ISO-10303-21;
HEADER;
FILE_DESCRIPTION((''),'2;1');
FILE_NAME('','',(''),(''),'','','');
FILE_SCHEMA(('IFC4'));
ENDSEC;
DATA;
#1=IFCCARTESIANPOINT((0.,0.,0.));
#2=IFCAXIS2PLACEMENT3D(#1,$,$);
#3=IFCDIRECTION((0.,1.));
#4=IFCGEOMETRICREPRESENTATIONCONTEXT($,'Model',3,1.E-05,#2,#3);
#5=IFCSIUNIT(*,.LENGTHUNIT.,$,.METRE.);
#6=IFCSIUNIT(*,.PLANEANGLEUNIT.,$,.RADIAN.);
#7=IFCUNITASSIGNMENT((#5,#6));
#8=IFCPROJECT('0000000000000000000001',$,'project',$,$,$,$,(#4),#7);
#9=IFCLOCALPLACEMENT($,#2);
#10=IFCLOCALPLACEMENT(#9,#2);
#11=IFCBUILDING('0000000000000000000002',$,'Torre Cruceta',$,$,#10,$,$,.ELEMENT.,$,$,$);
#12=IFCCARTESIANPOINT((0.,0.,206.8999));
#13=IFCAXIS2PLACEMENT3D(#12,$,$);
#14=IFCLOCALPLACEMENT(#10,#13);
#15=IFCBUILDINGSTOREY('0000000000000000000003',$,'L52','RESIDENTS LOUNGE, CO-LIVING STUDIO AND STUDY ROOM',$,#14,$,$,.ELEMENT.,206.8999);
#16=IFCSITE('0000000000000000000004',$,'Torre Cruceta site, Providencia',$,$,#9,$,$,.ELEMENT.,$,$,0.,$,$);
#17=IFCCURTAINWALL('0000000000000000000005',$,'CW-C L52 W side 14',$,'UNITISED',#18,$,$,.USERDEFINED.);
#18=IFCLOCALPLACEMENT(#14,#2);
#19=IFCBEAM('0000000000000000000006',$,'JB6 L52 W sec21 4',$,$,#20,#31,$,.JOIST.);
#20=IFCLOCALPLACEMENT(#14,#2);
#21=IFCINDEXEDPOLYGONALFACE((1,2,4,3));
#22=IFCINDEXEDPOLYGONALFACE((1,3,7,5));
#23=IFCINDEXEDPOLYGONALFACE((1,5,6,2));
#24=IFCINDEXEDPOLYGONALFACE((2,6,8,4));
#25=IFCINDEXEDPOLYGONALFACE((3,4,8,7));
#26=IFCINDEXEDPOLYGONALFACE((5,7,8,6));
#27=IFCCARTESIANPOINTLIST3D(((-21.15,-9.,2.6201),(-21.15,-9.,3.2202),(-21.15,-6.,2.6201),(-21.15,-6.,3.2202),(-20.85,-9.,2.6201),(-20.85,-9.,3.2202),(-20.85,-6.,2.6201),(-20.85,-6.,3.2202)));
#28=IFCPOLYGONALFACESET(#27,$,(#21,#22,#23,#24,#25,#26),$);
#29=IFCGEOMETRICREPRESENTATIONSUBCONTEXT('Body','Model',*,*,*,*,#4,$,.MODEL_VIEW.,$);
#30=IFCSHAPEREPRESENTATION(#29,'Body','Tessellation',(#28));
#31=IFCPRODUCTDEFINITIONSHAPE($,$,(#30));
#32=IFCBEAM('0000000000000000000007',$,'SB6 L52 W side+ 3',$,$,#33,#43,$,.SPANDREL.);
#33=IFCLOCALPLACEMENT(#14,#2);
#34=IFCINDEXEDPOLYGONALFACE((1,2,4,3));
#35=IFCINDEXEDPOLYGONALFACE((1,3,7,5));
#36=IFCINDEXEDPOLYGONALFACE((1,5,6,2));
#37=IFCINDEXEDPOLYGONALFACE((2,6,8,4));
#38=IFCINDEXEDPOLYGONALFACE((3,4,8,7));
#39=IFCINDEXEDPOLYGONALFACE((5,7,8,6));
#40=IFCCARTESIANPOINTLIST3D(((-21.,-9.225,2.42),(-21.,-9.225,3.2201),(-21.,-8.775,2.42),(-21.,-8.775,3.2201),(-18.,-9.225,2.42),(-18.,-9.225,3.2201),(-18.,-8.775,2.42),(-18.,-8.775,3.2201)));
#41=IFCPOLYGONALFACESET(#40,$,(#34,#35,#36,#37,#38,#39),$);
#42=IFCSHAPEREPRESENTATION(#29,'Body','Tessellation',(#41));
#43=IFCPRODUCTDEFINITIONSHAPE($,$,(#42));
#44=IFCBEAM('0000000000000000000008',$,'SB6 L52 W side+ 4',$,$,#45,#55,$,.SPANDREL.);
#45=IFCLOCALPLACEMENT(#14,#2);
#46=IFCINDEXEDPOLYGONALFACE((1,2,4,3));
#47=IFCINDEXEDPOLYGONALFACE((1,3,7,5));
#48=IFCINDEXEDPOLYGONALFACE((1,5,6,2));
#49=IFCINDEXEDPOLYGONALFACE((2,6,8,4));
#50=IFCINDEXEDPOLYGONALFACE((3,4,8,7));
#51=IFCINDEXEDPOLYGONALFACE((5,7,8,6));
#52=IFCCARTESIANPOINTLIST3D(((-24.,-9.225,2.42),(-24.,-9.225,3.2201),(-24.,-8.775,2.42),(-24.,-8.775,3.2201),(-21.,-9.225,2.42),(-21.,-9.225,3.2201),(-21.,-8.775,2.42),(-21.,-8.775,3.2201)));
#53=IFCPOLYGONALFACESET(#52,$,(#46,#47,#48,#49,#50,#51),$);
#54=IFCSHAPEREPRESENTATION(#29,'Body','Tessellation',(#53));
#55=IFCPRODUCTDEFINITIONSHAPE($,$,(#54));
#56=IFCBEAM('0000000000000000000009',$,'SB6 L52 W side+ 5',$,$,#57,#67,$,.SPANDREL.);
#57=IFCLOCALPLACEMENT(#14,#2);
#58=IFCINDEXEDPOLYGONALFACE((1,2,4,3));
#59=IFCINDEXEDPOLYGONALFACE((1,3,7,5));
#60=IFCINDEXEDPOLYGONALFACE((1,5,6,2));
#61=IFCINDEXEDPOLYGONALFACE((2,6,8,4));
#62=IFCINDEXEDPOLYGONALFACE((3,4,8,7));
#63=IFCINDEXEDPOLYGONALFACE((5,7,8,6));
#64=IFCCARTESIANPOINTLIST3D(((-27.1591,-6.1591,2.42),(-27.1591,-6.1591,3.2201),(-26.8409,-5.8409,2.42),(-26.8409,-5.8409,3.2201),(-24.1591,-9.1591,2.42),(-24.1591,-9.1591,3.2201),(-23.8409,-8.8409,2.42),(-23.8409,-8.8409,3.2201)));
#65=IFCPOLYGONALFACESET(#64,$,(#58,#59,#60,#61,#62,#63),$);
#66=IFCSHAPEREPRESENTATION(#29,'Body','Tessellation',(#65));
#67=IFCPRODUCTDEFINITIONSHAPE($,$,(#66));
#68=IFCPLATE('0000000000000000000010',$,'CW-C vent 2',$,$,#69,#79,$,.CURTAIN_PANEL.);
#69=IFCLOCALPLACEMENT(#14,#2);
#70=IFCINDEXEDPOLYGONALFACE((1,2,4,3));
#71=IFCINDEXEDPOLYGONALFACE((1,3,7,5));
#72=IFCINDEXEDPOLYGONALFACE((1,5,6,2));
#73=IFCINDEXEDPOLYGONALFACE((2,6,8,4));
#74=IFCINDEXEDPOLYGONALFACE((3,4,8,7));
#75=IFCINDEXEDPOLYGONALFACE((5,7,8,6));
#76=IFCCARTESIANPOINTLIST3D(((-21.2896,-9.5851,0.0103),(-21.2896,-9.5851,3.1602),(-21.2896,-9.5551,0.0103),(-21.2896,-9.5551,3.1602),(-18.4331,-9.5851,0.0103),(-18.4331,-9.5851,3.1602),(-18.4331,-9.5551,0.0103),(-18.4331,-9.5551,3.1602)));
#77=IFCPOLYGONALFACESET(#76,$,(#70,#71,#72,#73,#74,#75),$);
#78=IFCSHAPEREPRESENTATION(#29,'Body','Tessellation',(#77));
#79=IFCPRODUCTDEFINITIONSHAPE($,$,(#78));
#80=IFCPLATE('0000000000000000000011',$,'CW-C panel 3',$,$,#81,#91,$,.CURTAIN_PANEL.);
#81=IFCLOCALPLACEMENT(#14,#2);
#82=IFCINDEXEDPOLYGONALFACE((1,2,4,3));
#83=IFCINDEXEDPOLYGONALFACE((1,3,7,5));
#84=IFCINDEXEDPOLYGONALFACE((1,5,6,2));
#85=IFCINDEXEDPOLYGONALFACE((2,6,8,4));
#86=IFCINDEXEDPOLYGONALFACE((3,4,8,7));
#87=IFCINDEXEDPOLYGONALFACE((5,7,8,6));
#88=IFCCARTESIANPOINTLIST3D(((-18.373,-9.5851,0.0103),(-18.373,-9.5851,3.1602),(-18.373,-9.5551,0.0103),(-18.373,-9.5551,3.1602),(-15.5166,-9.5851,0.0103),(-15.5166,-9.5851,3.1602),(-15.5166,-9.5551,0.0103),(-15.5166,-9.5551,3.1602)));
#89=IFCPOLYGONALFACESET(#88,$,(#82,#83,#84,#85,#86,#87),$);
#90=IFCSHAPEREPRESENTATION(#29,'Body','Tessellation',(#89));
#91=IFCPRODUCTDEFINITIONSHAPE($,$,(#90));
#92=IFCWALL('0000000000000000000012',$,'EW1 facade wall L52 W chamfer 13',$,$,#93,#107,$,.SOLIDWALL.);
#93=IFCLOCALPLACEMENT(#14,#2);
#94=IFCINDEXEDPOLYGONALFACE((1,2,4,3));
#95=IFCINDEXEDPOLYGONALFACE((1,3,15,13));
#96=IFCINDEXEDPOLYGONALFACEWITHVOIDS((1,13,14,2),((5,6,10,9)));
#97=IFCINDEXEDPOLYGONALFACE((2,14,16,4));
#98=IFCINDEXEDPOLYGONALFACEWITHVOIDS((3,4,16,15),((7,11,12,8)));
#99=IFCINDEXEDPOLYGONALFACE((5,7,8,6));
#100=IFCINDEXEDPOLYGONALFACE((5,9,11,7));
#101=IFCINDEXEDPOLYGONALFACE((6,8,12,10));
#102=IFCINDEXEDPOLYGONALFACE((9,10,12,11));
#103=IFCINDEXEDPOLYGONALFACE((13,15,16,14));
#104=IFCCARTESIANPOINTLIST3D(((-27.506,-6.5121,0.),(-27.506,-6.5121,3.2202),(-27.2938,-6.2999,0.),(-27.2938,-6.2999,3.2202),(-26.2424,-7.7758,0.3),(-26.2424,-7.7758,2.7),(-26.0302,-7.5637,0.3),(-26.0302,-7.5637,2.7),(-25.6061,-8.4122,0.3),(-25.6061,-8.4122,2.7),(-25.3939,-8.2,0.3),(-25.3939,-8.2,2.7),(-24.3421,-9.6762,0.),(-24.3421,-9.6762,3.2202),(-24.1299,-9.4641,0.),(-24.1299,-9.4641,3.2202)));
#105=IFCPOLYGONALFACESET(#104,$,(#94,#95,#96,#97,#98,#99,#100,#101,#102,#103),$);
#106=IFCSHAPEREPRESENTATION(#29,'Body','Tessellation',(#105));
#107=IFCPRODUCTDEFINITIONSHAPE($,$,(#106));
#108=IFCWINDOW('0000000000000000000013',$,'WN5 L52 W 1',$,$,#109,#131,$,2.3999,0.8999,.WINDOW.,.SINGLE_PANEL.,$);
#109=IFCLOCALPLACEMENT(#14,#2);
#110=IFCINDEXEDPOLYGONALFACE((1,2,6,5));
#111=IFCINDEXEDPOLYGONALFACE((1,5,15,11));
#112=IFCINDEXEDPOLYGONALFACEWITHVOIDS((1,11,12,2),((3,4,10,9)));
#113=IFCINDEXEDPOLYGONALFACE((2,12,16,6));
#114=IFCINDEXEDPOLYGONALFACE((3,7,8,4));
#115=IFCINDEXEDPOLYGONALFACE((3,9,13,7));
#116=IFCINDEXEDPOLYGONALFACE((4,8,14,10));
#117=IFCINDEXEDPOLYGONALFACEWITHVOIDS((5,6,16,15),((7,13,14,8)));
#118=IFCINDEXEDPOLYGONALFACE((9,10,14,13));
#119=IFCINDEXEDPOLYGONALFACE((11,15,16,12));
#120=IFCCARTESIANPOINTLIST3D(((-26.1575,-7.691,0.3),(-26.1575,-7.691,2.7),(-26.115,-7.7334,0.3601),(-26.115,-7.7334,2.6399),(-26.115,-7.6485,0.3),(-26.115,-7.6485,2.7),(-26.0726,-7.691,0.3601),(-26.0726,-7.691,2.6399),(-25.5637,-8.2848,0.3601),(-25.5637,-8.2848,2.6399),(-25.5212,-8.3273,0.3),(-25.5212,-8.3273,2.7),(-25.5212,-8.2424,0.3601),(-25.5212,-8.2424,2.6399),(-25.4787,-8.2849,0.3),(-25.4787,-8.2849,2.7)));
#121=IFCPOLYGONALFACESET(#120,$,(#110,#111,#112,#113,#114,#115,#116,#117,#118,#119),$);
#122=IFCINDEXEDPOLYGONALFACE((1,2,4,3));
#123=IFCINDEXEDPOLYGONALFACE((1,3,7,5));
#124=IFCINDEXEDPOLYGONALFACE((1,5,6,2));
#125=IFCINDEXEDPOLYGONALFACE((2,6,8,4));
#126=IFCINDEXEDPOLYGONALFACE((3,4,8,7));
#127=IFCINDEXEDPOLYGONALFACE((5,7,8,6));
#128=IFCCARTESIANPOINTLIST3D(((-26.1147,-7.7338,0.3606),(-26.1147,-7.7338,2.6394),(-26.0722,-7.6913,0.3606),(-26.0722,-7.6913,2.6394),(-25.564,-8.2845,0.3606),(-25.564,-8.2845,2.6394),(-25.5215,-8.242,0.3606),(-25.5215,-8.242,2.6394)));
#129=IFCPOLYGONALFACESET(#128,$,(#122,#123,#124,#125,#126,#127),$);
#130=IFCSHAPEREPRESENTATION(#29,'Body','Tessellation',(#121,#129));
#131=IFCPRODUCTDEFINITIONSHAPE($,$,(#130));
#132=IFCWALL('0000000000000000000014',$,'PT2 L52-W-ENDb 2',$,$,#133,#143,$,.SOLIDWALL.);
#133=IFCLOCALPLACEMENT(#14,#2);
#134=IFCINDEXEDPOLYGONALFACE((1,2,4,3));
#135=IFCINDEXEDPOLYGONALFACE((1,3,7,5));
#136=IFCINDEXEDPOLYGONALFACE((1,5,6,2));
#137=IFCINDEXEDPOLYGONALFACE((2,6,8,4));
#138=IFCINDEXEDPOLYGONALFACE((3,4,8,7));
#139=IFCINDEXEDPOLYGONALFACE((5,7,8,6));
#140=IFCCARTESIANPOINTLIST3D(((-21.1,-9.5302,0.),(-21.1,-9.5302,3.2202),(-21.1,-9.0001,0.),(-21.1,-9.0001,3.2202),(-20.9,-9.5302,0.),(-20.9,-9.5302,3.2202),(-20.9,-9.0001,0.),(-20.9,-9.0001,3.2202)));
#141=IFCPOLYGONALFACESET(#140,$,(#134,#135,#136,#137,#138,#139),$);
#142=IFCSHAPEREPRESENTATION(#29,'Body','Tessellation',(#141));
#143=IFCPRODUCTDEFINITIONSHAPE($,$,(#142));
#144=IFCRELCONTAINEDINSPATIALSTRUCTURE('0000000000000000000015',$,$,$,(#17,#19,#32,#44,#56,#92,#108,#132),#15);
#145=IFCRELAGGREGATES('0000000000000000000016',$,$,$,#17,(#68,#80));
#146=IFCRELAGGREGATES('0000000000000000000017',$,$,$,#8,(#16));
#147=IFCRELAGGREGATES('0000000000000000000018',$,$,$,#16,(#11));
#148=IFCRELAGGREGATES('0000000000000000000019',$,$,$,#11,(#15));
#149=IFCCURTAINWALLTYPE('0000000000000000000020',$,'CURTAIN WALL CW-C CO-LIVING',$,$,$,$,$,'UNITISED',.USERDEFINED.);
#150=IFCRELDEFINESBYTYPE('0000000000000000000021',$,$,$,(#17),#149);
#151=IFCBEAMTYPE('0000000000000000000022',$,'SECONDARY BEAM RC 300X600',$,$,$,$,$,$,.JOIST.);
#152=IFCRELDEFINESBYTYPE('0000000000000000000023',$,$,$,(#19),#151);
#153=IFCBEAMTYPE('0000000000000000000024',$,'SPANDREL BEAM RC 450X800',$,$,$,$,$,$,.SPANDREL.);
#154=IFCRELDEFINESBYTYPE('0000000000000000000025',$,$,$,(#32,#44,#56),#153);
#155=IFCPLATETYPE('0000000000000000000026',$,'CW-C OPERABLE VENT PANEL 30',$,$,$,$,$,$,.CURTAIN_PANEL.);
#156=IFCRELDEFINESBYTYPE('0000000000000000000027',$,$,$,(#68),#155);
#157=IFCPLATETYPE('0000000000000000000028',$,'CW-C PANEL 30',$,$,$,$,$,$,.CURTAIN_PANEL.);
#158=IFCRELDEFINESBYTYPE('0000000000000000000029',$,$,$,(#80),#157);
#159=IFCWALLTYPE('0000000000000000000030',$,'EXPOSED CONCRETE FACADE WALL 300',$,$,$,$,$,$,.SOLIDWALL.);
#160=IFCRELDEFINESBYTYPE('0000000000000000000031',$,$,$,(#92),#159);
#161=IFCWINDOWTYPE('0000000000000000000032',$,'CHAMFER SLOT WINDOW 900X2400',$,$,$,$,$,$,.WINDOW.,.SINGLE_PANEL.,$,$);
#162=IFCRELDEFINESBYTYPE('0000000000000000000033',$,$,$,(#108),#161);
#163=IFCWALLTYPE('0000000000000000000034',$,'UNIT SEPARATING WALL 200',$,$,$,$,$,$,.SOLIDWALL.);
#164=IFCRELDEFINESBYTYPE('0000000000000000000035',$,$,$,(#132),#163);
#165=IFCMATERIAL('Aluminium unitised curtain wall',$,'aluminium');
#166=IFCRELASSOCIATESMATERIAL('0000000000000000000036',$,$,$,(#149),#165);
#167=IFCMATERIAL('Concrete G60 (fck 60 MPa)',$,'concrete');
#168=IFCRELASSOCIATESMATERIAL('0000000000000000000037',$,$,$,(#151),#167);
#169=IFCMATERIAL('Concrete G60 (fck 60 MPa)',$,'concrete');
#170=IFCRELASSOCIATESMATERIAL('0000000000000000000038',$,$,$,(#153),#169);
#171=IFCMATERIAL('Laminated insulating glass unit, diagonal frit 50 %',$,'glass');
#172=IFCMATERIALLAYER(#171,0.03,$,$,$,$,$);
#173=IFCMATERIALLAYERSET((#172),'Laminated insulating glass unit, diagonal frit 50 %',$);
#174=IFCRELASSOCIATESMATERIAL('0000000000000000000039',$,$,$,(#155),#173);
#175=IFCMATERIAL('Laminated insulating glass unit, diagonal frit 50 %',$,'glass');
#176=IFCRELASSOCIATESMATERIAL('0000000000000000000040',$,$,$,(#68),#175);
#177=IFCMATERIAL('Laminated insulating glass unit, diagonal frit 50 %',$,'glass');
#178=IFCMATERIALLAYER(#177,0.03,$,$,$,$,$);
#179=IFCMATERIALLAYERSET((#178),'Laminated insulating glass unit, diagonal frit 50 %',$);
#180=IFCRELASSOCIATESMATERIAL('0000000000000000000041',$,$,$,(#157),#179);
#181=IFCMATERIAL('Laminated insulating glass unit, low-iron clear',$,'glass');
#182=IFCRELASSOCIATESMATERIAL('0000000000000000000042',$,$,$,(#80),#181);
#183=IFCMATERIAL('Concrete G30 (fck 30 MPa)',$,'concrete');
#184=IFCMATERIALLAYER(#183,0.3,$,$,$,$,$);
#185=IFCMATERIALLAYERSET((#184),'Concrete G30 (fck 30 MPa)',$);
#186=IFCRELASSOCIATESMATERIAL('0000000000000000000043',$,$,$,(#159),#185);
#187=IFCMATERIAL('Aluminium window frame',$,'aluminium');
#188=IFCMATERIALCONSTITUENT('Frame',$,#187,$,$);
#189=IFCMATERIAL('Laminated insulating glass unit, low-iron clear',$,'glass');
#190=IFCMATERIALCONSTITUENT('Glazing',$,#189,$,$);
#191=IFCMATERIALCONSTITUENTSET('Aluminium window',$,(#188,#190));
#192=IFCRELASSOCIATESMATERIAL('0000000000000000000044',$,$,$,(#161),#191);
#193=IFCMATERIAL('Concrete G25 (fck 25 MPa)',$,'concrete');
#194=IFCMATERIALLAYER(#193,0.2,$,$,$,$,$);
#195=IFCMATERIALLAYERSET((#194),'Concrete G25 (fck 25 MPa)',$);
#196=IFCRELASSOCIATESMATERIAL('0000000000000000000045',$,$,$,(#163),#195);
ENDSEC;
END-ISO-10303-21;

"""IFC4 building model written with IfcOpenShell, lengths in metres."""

from ifc_helpers import new_model, si_unit, direction, frame, frame_2d, origin, origin_2d, place, context, subcontext, project, spatial, rectangle, hollow_rectangle, extrude, material, layer, layer_set, constituent, constituent_set, material_profile, profile_set, type_object, element, fill, aggregate, save


model = new_model("IFC4")

# Units and contexts
model_context = context("Model", 3, precision=1e-05, world=origin(), true_north=direction((0.0, 1.0)))
body_context = subcontext(model_context, "Body", "Model", "MODEL_VIEW")
ifc_project = project(units=[si_unit("LENGTHUNIT", "METRE"), si_unit("PLANEANGLEUNIT", "RADIAN")], contexts=[model_context])

# Site, building, storey
site_placement = place(None, origin())
site = spatial("IfcSite", under=ifc_project, at=site_placement, Name="Torre Cruceta site, Providencia", CompositionType="ELEMENT", RefElevation=0.0)
building_placement = place(site_placement, origin())
building = spatial("IfcBuilding", under=site, at=building_placement, Name="Torre Cruceta", CompositionType="ELEMENT")
storey_placement = place(building_placement, frame((0.0, 0.0, 206.8999)))
storey = spatial("IfcBuildingStorey", under=building, at=storey_placement, Name="L52", Description="RESIDENTS LOUNGE, CO-LIVING STUDIO AND STUDY ROOM", CompositionType="ELEMENT", Elevation=206.8999)

# Curtain wall
ifc_material_1 = material(Name="Aluminium unitised curtain wall", Category="aluminium")
curtain_wall_type = type_object("IfcCurtainWallType", Name="CURTAIN WALL CW-C CO-LIVING", ElementType="UNITISED", PredefinedType="USERDEFINED", material=ifc_material_1)
curtain_wall_placement = place(storey_placement, origin())
curtain_wall = element("IfcCurtainWall", 1, at=curtain_wall_placement, inside=storey, type_object=curtain_wall_type, Name="CW-C L52 W side 14", ObjectType="UNITISED", PredefinedType="USERDEFINED")

# Beams
ifc_material_2 = material(Name="Concrete G60 (fck 60 MPa)", Category="concrete")
ifc_material_profile_1 = material_profile(ifc_material_2, rectangle(XDim=0.3, YDim=0.6001, at=origin_2d()), Name="RC 300X600")
ifc_profile_set_1 = profile_set([ifc_material_profile_1], Name="Concrete G60 (fck 60 MPa)")
beam_type_1 = type_object("IfcBeamType", Name="SECONDARY BEAM RC 300X600", PredefinedType="JOIST", material=ifc_profile_set_1)
beam_1_placement = place(storey_placement, frame((-21.0, -6.0, 2.9202), z_axis=(0.0, -1.0, 0.0), x_axis=(1.0, 0.0, 0.0)))
element("IfcBeam", 2, at=beam_1_placement, inside=storey, type_object=beam_type_1, Name="JB6 L52 W sec21 4", PredefinedType="JOIST", context=body_context, shape_type="SweptSolid", body=[
    extrude(rectangle(XDim=0.3, YDim=0.6001, at=origin_2d()), origin(), (0.0, 0.0, 1.0), 3.0),
])
ifc_material_3 = material(Name="Concrete G60 (fck 60 MPa)", Category="concrete")
ifc_material_profile_2 = material_profile(ifc_material_3, rectangle(XDim=0.45, YDim=0.8, at=origin_2d()), Name="RC 450X800")
ifc_profile_set_2 = profile_set([ifc_material_profile_2], Name="Concrete G60 (fck 60 MPa)")
beam_type_2 = type_object("IfcBeamType", Name="SPANDREL BEAM RC 450X800", PredefinedType="SPANDREL", material=ifc_profile_set_2)
for number, where, z_axis, x_axis, name in (
    (3, (-18.0, -9.0, 2.8201), (-1.0, 0.0, 0.0), (0.0, -1.0, 0.0), "SB6 L52 W side+ 3"),
    (4, (-21.0, -9.0, 2.8201), (-1.0, 0.0, 0.0), (0.0, -1.0, 0.0), "SB6 L52 W side+ 4"),
):
    element("IfcBeam", number, at=place(storey_placement, frame(where, z_axis=z_axis, x_axis=x_axis)), inside=storey, type_object=beam_type_2, Name=name, PredefinedType="SPANDREL", context=body_context, shape_type="SweptSolid", body=[
        extrude(rectangle(XDim=0.45, YDim=0.8, at=origin_2d()), origin(), (0.0, 0.0, 1.0), 3.0),
    ])
beam_2_placement = place(storey_placement, frame((-24.0, -9.0, 2.8201), z_axis=(-0.707107, 0.707107, 0.0), x_axis=(-0.707107, -0.707107, 0.0)))
element("IfcBeam", 5, at=beam_2_placement, inside=storey, type_object=beam_type_2, Name="SB6 L52 W side+ 5", PredefinedType="SPANDREL", context=body_context, shape_type="SweptSolid", body=[
    extrude(rectangle(XDim=0.45, YDim=0.8, at=origin_2d()), origin(), (0.0, 0.0, 1.0), 4.2427),
])

# Plates
ifc_material_4 = material(Name="Laminated insulating glass unit, diagonal frit 50 %", Category="glass")
ifc_material_5 = material(Name="Laminated insulating glass unit, diagonal frit 50 %", Category="glass")
ifc_layer_1 = layer(ifc_material_5, 0.03)
ifc_layer_set_1 = layer_set([ifc_layer_1], Name="Laminated insulating glass unit, diagonal frit 50 %")
plate_type_1 = type_object("IfcPlateType", Name="CW-C OPERABLE VENT PANEL 30", PredefinedType="CURTAIN_PANEL", material=ifc_layer_set_1)
plate_1_placement = place(storey_placement, frame((-19.8613, -9.5701, 0.0103), z_axis=(0.0, 0.0, 1.0), x_axis=(1.0, 0.0, 0.0)))
plate_1 = element("IfcPlate", 6, at=plate_1_placement, type_object=plate_type_1, material=ifc_material_4, Name="CW-C vent 2", PredefinedType="CURTAIN_PANEL", context=body_context, shape_type="SweptSolid", body=[
    extrude(rectangle(XDim=2.8564, YDim=0.03, at=origin_2d()), origin(), (0.0, 0.0, 1.0), 3.1499),
])
ifc_material_6 = material(Name="Laminated insulating glass unit, low-iron clear", Category="glass")
ifc_material_7 = material(Name="Laminated insulating glass unit, diagonal frit 50 %", Category="glass")
ifc_layer_2 = layer(ifc_material_7, 0.03)
ifc_layer_set_2 = layer_set([ifc_layer_2], Name="Laminated insulating glass unit, diagonal frit 50 %")
plate_type_2 = type_object("IfcPlateType", Name="CW-C PANEL 30", PredefinedType="CURTAIN_PANEL", material=ifc_layer_set_2)
plate_2_placement = place(storey_placement, frame((-16.9448, -9.5701, 0.0103), z_axis=(0.0, 0.0, 1.0), x_axis=(1.0, 0.0, 0.0)))
plate_2 = element("IfcPlate", 7, at=plate_2_placement, type_object=plate_type_2, material=ifc_material_6, Name="CW-C panel 3", PredefinedType="CURTAIN_PANEL", context=body_context, shape_type="SweptSolid", body=[
    extrude(rectangle(XDim=2.8564, YDim=0.03, at=origin_2d()), origin(), (0.0, 0.0, 1.0), 3.1499),
])
aggregate(curtain_wall, [plate_1, plate_2])

# Wall, opening, window
ifc_material_8 = material(Name="Concrete G30 (fck 30 MPa)", Category="concrete")
ifc_layer_3 = layer(ifc_material_8, 0.3)
ifc_layer_set_3 = layer_set([ifc_layer_3], Name="Concrete G30 (fck 30 MPa)")
wall_type_1 = type_object("IfcWallType", Name="EXPOSED CONCRETE FACADE WALL 300", PredefinedType="SOLIDWALL", material=ifc_layer_set_3)
wall_1_placement = place(storey_placement, frame((-27.3999, -6.406, 0.0), z_axis=(0.0, 0.0, 1.0), x_axis=(0.707079, -0.707134, 0.0)))
wall_1 = element("IfcWall", 8, at=wall_1_placement, inside=storey, type_object=wall_type_1, Name="EW1 facade wall L52 W chamfer 13", PredefinedType="SOLIDWALL", context=body_context, shape_type="SweptSolid", body=[
    extrude(rectangle(XDim=4.4746, YDim=0.3, at=frame_2d((2.2373, 0.0))), origin(), (0.0, 0.0, 1.0), 3.2202),
])
opening_placement = place(wall_1_placement, frame((1.7871, 0.0, 0.3)))
opening = element("IfcOpeningElement", 9, at=opening_placement, cuts=wall_1, PredefinedType="OPENING", context=body_context, shape_type="SweptSolid", body=[
    extrude(rectangle(XDim=0.8999, YDim=2.3999, at=frame_2d((0.45, 1.2))), frame((0.0, 0.1599, 0.0), z_axis=(0.0, -1.0, 0.0), x_axis=(1.0, 0.0, 0.0)), (0.0, 0.0, 1.0), 0.3201),
])
ifc_material_9 = material(Name="Aluminium window frame", Category="aluminium")
ifc_constituent_1 = constituent(ifc_material_9, Name="Frame")
ifc_material_10 = material(Name="Laminated insulating glass unit, low-iron clear", Category="glass")
ifc_constituent_2 = constituent(ifc_material_10, Name="Glazing")
ifc_constituent_set = constituent_set(constituents=[ifc_constituent_1, ifc_constituent_2], Name="Aluminium window")
window_type = type_object("IfcWindowType", Name="CHAMFER SLOT WINDOW 900X2400", PartitioningType="SINGLE_PANEL", PredefinedType="WINDOW", material=ifc_constituent_set)
window_placement = place(opening_placement, origin())
window = element("IfcWindow", 10, at=window_placement, inside=storey, type_object=window_type, Name="WN5 L52 W 1", OverallHeight=2.3999, OverallWidth=0.8999, PartitioningType="SINGLE_PANEL", PredefinedType="WINDOW", context=body_context, shape_type="SweptSolid", body=[
    extrude(hollow_rectangle(XDim=0.8999, YDim=2.3999, WallThickness=0.0601, at=frame_2d((0.45, 1.2))), frame((0.0, 0.03, 0.0), z_axis=(0.0, -1.0, 0.0), x_axis=(1.0, 0.0, 0.0)), (0.0, 0.0, 1.0), 0.0601),
    extrude(rectangle(XDim=0.7788, YDim=2.2788, at=frame_2d((0.45, 1.2))), frame((0.0, 0.03, 0.0), z_axis=(0.0, -1.0, 0.0), x_axis=(1.0, 0.0, 0.0)), (0.0, 0.0, 1.0), 0.0601),
])
fill(opening, window)

# Wall
ifc_material_11 = material(Name="Concrete G25 (fck 25 MPa)", Category="concrete")
ifc_layer_4 = layer(ifc_material_11, 0.2)
ifc_layer_set_4 = layer_set([ifc_layer_4], Name="Concrete G25 (fck 25 MPa)")
wall_type_2 = type_object("IfcWallType", Name="UNIT SEPARATING WALL 200", PredefinedType="SOLIDWALL", material=ifc_layer_set_4)
wall_2_placement = place(storey_placement, frame((-21.0, -9.0, 0.0), z_axis=(0.0, 0.0, 1.0), x_axis=(0.0, -1.0, 0.0)))
element("IfcWall", 11, at=wall_2_placement, inside=storey, type_object=wall_type_2, Name="PT2 L52-W-ENDb 2", PredefinedType="SOLIDWALL", context=body_context, shape_type="SweptSolid", body=[
    extrude(rectangle(XDim=0.53, YDim=0.2, at=frame_2d((0.2651, 0.0))), origin(), (0.0, 0.0, 1.0), 3.2202),
])

save(model, "model.ifc")
